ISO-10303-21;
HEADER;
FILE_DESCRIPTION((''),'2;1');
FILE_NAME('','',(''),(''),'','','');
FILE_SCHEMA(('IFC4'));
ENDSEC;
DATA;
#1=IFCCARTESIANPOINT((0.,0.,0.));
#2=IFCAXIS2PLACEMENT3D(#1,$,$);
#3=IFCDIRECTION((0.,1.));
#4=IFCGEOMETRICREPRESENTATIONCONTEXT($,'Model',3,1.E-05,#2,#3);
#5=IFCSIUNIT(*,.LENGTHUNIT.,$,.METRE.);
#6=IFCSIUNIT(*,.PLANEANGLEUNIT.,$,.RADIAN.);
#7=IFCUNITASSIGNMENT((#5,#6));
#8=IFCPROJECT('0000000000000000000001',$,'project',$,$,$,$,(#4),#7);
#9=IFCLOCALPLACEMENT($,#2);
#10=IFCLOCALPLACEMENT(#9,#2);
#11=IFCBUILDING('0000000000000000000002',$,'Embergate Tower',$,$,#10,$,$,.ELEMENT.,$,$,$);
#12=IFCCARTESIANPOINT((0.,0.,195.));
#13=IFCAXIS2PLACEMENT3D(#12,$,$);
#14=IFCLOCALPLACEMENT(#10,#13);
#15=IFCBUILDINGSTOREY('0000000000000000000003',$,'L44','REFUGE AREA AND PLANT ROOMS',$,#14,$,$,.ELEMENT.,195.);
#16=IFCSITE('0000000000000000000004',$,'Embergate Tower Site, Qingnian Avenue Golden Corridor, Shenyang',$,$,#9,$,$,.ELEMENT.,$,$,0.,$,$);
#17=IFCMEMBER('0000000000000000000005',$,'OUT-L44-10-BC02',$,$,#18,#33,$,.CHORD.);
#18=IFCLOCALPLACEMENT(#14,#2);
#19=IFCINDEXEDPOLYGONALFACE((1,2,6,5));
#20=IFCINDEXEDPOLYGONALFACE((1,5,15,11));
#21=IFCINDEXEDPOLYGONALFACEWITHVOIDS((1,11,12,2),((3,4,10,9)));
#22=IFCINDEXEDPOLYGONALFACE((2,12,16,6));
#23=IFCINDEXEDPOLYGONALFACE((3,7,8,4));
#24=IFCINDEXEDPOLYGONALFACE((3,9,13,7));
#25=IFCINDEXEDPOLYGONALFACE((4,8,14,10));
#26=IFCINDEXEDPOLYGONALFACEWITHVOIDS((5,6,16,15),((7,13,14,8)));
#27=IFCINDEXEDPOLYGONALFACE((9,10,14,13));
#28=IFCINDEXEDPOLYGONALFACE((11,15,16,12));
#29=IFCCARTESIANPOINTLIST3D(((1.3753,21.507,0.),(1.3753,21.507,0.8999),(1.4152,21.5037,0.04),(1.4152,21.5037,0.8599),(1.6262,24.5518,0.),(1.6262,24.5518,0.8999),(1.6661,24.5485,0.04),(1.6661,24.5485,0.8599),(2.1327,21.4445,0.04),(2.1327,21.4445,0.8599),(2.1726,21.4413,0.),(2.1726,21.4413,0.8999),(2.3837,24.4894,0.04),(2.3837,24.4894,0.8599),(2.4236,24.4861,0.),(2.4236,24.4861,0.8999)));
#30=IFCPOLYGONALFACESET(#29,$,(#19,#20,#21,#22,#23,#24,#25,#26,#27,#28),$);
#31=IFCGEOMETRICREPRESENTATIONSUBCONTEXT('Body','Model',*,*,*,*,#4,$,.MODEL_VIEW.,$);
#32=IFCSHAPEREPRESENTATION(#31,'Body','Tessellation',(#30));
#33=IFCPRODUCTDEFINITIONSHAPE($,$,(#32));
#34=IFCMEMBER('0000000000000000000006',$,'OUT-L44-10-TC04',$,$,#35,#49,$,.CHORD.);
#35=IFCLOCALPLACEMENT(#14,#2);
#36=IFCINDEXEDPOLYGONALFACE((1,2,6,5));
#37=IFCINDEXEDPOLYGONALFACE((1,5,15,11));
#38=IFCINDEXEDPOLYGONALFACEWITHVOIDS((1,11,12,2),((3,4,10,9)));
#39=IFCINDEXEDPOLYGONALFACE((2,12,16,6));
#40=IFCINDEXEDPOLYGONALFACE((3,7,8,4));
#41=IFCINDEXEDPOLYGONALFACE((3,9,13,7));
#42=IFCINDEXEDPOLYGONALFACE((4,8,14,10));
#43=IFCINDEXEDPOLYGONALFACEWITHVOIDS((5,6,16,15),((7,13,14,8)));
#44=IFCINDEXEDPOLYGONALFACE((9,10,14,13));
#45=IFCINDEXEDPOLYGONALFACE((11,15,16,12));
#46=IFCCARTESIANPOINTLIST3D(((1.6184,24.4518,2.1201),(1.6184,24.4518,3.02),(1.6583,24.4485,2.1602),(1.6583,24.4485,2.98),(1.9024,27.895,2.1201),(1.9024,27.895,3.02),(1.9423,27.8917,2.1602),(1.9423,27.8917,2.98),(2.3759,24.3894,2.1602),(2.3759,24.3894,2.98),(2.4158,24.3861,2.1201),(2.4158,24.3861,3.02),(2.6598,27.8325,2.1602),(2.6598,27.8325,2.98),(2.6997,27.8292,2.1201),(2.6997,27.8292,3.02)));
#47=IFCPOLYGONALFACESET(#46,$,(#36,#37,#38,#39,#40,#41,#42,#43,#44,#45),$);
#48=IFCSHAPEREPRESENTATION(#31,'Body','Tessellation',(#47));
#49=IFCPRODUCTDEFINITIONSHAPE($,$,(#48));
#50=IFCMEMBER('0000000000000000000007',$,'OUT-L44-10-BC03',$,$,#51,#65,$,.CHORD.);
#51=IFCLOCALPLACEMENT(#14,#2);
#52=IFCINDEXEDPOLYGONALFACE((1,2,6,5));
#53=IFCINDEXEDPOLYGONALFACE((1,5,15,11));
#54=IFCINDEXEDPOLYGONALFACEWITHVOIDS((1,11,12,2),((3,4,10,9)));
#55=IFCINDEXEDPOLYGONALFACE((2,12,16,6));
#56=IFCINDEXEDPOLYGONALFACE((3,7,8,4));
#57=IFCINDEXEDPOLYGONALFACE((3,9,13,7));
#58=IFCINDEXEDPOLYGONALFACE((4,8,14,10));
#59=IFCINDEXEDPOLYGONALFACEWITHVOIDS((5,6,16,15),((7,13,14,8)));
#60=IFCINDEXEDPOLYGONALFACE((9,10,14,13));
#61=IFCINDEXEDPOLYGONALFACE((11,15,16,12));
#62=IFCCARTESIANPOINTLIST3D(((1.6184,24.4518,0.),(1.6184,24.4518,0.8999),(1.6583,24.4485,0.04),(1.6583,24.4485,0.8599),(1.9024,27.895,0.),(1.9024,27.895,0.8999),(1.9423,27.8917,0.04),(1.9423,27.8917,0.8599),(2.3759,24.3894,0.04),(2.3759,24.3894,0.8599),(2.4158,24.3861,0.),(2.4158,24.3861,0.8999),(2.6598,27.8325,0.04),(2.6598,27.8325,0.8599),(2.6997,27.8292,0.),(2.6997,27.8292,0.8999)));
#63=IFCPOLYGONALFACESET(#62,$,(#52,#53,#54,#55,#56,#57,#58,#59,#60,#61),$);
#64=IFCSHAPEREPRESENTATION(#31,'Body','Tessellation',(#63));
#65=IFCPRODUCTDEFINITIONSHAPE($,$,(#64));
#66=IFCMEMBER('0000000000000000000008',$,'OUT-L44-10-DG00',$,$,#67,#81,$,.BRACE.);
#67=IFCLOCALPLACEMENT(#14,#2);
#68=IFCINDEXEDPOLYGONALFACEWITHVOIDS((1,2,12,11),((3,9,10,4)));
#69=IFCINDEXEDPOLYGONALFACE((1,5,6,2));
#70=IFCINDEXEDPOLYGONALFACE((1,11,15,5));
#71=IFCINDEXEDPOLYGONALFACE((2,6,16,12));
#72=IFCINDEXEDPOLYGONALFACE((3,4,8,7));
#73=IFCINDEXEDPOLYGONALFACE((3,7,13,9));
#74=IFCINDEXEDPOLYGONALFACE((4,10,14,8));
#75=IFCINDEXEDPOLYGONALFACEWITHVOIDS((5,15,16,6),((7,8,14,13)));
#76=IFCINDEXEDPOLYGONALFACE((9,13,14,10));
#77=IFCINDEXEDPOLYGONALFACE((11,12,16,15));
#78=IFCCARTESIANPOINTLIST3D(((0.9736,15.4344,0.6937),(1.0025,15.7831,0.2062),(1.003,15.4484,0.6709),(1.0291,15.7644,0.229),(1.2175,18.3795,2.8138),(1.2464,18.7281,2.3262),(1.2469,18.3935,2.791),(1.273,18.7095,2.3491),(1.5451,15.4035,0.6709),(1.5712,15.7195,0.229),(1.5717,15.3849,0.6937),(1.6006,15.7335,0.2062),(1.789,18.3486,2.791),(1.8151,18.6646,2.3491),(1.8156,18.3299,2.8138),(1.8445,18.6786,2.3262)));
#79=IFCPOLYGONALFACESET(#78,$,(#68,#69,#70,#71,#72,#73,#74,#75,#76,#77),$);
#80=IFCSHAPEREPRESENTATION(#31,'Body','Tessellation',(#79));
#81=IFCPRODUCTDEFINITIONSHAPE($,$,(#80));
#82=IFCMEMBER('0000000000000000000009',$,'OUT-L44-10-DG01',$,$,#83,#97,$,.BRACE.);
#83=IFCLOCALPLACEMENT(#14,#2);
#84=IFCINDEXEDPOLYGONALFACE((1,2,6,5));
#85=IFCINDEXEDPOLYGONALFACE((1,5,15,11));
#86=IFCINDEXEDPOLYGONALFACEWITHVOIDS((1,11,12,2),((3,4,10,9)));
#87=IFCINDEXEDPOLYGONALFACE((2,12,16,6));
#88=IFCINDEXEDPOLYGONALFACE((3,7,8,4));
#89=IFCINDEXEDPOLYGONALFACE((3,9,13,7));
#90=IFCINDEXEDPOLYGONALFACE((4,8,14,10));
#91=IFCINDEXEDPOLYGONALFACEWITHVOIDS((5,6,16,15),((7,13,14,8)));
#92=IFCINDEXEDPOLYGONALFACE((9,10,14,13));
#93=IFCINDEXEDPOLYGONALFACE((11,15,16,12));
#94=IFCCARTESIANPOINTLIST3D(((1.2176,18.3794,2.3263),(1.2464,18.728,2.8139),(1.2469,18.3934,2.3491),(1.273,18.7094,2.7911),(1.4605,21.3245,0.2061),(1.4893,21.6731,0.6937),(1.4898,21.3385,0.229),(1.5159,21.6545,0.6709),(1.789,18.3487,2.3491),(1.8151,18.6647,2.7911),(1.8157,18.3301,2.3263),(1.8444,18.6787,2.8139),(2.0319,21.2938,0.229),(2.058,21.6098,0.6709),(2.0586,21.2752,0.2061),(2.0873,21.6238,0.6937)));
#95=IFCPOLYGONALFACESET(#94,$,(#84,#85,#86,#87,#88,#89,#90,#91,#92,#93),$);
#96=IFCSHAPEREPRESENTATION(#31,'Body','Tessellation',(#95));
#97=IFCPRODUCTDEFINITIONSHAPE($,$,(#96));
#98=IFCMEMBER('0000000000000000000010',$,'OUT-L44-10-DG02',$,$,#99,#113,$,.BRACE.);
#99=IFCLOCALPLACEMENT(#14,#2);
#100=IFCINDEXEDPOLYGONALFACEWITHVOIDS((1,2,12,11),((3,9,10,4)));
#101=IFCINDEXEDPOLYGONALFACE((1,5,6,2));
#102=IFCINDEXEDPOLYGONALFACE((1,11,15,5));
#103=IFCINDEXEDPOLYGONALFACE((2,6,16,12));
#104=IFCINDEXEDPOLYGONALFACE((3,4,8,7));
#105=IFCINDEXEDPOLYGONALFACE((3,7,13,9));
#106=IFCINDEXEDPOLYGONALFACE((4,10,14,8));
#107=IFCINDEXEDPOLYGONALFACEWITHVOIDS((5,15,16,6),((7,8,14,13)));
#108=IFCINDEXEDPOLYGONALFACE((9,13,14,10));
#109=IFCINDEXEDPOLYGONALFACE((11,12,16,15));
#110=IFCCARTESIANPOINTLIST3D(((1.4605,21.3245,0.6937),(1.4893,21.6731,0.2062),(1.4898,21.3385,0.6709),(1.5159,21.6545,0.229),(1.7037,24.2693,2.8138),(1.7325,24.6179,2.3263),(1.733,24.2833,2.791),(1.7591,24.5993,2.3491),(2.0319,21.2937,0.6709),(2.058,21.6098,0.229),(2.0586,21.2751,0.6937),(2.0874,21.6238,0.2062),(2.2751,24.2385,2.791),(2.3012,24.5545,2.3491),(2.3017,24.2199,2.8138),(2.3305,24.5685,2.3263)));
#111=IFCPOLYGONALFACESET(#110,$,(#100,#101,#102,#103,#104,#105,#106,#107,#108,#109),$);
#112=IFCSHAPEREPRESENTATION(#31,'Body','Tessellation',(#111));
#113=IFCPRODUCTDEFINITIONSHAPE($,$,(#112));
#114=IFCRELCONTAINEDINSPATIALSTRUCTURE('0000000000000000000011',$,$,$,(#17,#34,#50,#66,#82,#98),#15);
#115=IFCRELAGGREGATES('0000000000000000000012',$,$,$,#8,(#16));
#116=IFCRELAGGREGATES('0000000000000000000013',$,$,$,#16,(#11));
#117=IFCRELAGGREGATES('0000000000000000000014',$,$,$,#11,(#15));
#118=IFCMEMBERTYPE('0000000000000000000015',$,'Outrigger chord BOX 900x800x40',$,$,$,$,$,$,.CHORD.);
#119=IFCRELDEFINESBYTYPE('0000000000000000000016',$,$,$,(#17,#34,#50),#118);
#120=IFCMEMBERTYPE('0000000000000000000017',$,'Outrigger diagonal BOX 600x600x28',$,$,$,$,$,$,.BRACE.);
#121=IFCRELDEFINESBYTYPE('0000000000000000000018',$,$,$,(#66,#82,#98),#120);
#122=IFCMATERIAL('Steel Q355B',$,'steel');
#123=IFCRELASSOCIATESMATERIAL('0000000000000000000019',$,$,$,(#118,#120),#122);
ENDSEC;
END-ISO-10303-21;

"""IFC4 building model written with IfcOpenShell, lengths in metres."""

from ifc_helpers import new_model, si_unit, direction, frame, origin, origin_2d, place, context, subcontext, project, spatial, hollow_rectangle, extrude, source, transform, mapped, material, material_profile, profile_set, type_object, element, save


model = new_model("IFC4")

# Units and contexts
model_context = context("Model", 3, precision=1e-05, world=origin(), true_north=direction((0.0, 1.0)))
body_context = subcontext(model_context, "Body", "Model", "MODEL_VIEW")
ifc_project = project(units=[si_unit("LENGTHUNIT", "METRE"), si_unit("PLANEANGLEUNIT", "RADIAN")], contexts=[model_context])

# Site, building, storey
site_placement = place(None, origin())
site = spatial("IfcSite", under=ifc_project, at=site_placement, Name="Embergate Tower Site, Qingnian Avenue Golden Corridor, Shenyang", CompositionType="ELEMENT", RefElevation=0.0)
building_placement = place(site_placement, origin())
building = spatial("IfcBuilding", under=site, at=building_placement, Name="Embergate Tower", CompositionType="ELEMENT")
storey_placement = place(building_placement, frame((0.0, 0.0, 195.0)))
storey = spatial("IfcBuildingStorey", under=building, at=storey_placement, Name="L44", Description="REFUGE AREA AND PLANT ROOMS", CompositionType="ELEMENT", Elevation=195.0)

# Members
ifc_material = material(Name="Steel Q355B", Category="steel")
ifc_material_profile_1 = material_profile(ifc_material, hollow_rectangle(XDim=0.8, YDim=0.8999, WallThickness=0.04, at=origin_2d()), Name="BOX 900x800x40")
ifc_profile_set_1 = profile_set([ifc_material_profile_1], Name="Steel Q355 grade B")
member_type_1 = type_object("IfcMemberType", Name="Outrigger chord BOX 900x800x40", PredefinedType="CHORD", material=ifc_profile_set_1)
ifc_material_profile_2 = material_profile(ifc_material, hollow_rectangle(XDim=0.6001, YDim=0.6001, WallThickness=0.0281, at=origin_2d()), Name="BOX 600x600x28")
ifc_profile_set_2 = profile_set([ifc_material_profile_2], Name="Steel Q355 grade B")
member_type_2 = type_object("IfcMemberType", Name="Outrigger diagonal BOX 600x600x28", PredefinedType="BRACE", material=ifc_profile_set_2)
shared_shape_1 = source(origin(), body_context, "Body", "SweptSolid", [
    extrude(hollow_rectangle(XDim=0.8, YDim=0.8999, WallThickness=0.04, at=origin_2d()), origin(), (0.0, 0.0, 1.0), 3.0552),
])
for number, where, z_axis, x_axis, name in (
    (1, (1.7739, 21.4741, 0.45), (0.082146, 0.99662, 0.0), (-0.99662, 0.082146, 0.0), "OUT-L44-10-BC02"),
):
    element("IfcMember", number, at=place(storey_placement, frame(where, z_axis=z_axis, x_axis=x_axis)), inside=storey, type_object=member_type_1, Name=name, PredefinedType="CHORD", context=body_context, shape_type="MappedRepresentation", body=[
        mapped(shared_shape_1, transform((0.0, 0.0, 0.0))),
    ])
shared_shape_2 = source(origin(), body_context, "Body", "SweptSolid", [
    extrude(hollow_rectangle(XDim=0.8, YDim=0.8999, WallThickness=0.04, at=origin_2d()), origin(), (0.0, 0.0, 1.0), 3.4548),
])
for number, where, z_axis, x_axis, name in (
    (2, (2.0171, 24.4189, 2.5701), (0.082186, 0.996617, 0.0), (-0.996617, 0.082186, 0.0), "OUT-L44-10-TC04"),
    (3, (2.0171, 24.4189, 0.45), (0.082186, 0.996617, 0.0), (-0.996617, 0.082186, 0.0), "OUT-L44-10-BC03"),
):
    element("IfcMember", number, at=place(storey_placement, frame(where, z_axis=z_axis, x_axis=x_axis)), inside=storey, type_object=member_type_1, Name=name, PredefinedType="CHORD", context=body_context, shape_type="MappedRepresentation", body=[
        mapped(shared_shape_2, transform((0.0, 0.0, 0.0))),
    ])
shared_shape_3 = source(origin(), body_context, "Body", "SweptSolid", [
    extrude(hollow_rectangle(XDim=0.6001, YDim=0.6001, WallThickness=0.0281, at=origin_2d()), origin(), (0.0, 0.0, 1.0), 3.637),
])
for number, where, z_axis, x_axis, name in (
    (4, (1.2871, 15.584, 0.45), (0.06706, 0.809751, 0.582929), (-0.996588, 0.082533, 0.0), "OUT-L44-10-DG00"),
    (5, (1.531, 18.5291, 2.5701), (0.066792, 0.809765, -0.58294), (-0.996615, 0.082204, 0.0), "OUT-L44-10-DG01"),
):
    element("IfcMember", number, at=place(storey_placement, frame(where, z_axis=z_axis, x_axis=x_axis)), inside=storey, type_object=member_type_2, Name=name, PredefinedType="BRACE", context=body_context, shape_type="MappedRepresentation", body=[
        mapped(shared_shape_3, transform((0.0, 0.0, 0.0))),
    ])
shared_shape_4 = source(origin(), body_context, "Body", "SweptSolid", [
    extrude(hollow_rectangle(XDim=0.6001, YDim=0.6001, WallThickness=0.0281, at=origin_2d()), origin(), (0.0, 0.0, 1.0), 3.6367),
])
member_1_placement = place(storey_placement, frame((1.7739, 21.4741, 0.45), z_axis=(0.066863, 0.809739, 0.582969), x_axis=(-0.996608, 0.082293, 0.0)))
element("IfcMember", 6, at=member_1_placement, inside=storey, type_object=member_type_2, Name="OUT-L44-10-DG02", PredefinedType="BRACE", context=body_context, shape_type="MappedRepresentation", body=[
    mapped(shared_shape_4, transform((0.0, 0.0, 0.0))),
])

save(model, "model.ifc")
